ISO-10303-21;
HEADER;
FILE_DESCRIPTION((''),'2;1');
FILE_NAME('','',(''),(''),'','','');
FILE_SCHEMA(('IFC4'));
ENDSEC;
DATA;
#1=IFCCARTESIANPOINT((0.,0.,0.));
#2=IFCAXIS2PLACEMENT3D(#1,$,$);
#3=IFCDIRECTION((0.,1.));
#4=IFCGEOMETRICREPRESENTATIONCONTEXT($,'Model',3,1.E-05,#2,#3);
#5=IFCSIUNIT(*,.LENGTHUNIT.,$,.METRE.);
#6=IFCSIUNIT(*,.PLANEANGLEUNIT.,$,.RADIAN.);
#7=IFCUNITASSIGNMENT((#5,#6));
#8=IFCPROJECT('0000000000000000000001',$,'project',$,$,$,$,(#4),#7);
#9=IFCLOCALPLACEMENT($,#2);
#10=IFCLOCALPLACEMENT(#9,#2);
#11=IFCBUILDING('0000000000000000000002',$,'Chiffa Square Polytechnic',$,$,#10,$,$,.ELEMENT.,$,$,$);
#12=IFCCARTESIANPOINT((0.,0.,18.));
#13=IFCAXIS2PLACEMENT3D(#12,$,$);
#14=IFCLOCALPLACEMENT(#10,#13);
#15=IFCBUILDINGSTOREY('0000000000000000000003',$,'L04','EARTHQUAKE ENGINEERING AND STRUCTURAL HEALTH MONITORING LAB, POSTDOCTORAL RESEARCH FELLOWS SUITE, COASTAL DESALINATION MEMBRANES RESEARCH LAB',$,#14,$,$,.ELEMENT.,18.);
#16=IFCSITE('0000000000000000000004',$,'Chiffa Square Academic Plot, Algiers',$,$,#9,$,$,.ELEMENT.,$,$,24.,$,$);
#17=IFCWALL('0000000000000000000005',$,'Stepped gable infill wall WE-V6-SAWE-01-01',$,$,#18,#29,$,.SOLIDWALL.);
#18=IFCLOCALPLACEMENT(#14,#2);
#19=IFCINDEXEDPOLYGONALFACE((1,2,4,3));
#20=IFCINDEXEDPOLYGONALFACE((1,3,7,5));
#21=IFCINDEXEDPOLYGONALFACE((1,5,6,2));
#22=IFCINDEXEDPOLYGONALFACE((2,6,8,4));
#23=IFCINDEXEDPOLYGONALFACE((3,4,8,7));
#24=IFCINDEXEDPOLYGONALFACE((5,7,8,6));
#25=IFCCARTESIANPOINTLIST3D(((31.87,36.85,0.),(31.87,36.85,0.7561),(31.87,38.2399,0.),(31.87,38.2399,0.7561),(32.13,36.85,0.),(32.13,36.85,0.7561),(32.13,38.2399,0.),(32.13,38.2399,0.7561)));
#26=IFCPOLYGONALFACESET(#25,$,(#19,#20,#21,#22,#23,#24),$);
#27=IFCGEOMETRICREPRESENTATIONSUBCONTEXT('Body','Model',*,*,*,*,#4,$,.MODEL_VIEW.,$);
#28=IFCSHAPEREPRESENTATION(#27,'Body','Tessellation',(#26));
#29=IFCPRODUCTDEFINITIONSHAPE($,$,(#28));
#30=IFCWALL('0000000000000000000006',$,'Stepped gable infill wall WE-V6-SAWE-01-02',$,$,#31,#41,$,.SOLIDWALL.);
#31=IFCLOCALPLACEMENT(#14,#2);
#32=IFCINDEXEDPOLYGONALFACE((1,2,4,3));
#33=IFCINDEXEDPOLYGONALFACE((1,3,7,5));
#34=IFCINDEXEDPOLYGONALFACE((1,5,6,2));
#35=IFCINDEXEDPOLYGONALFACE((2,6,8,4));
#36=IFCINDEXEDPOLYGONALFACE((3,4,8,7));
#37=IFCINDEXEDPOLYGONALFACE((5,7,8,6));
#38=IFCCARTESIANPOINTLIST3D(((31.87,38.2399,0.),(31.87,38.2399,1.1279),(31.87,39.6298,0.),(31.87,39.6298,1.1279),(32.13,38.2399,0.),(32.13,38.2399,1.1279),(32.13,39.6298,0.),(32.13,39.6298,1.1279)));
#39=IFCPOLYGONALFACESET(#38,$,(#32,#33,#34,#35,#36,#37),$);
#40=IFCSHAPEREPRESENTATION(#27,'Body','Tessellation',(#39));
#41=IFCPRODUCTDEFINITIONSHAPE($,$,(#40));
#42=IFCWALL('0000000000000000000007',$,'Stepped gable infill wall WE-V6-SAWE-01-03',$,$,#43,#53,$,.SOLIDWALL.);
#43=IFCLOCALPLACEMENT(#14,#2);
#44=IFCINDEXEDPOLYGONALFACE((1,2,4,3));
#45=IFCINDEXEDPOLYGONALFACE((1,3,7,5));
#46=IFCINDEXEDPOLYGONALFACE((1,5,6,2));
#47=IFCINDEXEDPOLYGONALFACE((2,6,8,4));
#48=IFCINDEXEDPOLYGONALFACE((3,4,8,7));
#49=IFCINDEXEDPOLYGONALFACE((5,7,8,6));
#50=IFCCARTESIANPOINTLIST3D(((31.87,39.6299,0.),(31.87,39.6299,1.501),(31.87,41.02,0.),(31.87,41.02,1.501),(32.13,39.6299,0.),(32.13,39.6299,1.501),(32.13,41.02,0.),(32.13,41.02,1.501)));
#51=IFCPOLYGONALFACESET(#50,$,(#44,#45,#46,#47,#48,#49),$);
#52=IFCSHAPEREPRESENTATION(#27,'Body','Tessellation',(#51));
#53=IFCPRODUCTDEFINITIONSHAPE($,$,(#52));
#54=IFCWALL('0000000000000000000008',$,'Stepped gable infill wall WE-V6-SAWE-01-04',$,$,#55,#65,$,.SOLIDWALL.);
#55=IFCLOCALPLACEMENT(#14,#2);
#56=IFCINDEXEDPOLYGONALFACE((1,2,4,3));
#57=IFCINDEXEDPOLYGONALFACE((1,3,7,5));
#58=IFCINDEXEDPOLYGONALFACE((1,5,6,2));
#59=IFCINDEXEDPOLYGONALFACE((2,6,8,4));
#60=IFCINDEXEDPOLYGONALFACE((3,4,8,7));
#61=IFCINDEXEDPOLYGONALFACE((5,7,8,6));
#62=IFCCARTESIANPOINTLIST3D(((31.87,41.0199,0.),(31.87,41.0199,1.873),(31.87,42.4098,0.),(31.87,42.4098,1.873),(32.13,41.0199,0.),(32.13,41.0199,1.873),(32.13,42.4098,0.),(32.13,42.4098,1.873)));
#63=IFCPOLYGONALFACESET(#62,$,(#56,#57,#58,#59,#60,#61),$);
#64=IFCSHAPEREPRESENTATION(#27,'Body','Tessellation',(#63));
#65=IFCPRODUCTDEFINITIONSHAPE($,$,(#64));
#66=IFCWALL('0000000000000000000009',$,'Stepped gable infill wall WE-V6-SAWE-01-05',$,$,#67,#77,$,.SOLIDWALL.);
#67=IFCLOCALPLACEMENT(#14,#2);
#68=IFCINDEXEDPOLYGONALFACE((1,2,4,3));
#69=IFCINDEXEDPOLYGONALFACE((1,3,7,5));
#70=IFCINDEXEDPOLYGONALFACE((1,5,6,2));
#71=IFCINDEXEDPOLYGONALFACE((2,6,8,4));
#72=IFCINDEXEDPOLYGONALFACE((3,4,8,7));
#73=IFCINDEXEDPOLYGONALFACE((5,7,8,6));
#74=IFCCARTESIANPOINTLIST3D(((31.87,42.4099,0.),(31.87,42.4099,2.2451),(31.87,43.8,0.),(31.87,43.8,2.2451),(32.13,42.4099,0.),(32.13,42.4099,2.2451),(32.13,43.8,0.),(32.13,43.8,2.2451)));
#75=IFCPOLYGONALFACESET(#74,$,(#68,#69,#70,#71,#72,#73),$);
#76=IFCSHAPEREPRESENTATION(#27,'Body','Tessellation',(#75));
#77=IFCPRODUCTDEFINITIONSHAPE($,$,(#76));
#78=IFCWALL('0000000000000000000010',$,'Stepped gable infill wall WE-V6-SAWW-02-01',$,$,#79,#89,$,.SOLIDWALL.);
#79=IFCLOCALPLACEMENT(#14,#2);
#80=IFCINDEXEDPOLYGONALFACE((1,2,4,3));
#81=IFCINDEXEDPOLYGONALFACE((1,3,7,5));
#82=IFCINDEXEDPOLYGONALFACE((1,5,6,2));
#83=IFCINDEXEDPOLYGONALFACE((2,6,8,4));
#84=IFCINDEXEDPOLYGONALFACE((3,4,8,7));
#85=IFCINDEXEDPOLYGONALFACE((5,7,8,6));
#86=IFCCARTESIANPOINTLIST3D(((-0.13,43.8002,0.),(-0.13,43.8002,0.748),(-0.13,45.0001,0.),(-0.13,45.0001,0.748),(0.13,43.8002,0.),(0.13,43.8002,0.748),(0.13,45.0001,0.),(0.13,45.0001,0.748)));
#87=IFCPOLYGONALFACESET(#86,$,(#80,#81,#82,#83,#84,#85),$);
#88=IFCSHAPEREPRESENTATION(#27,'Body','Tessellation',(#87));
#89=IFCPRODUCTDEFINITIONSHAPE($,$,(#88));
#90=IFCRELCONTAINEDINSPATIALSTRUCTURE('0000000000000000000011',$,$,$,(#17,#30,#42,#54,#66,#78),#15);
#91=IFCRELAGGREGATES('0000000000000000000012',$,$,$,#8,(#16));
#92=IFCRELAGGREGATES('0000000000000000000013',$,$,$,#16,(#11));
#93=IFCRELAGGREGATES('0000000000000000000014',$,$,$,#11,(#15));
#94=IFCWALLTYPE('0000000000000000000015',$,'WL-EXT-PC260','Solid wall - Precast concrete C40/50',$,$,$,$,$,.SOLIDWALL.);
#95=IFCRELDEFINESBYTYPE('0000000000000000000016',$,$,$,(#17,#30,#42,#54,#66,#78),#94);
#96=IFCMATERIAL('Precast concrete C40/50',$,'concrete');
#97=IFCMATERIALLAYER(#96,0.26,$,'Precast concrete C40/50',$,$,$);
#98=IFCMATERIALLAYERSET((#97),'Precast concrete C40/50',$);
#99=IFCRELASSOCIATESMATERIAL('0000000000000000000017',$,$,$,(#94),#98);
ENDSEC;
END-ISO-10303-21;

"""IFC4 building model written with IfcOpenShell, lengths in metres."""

from ifc_helpers import new_model, si_unit, direction, frame, frame_2d, origin, place, context, subcontext, project, spatial, rectangle, extrude, material, layer, layer_set, type_object, element, save


model = new_model("IFC4")

# Units and contexts
model_context = context("Model", 3, precision=1e-05, world=origin(), true_north=direction((0.0, 1.0)))
body_context = subcontext(model_context, "Body", "Model", "MODEL_VIEW")
ifc_project = project(units=[si_unit("LENGTHUNIT", "METRE"), si_unit("PLANEANGLEUNIT", "RADIAN")], contexts=[model_context])

# Site, building, storey
site_placement = place(None, origin())
site = spatial("IfcSite", under=ifc_project, at=site_placement, Name="Chiffa Square Academic Plot, Algiers", CompositionType="ELEMENT", RefElevation=24.0)
building_placement = place(site_placement, origin())
building = spatial("IfcBuilding", under=site, at=building_placement, Name="Chiffa Square Polytechnic", CompositionType="ELEMENT")
storey_placement = place(building_placement, frame((0.0, 0.0, 18.0)))
storey = spatial("IfcBuildingStorey", under=building, at=storey_placement, Name="L04", Description="EARTHQUAKE ENGINEERING AND STRUCTURAL HEALTH MONITORING LAB, POSTDOCTORAL RESEARCH FELLOWS SUITE, COASTAL DESALINATION MEMBRANES RESEARCH LAB", CompositionType="ELEMENT", Elevation=18.0)

# Walls
ifc_material_1 = material(Name="Precast concrete C40/50", Category="concrete")
ifc_layer_1 = layer(ifc_material_1, 0.26, Name="Precast concrete C40/50")
ifc_layer_set_1 = layer_set([ifc_layer_1], Name="Precast concrete C40/50")
wall_type = type_object("IfcWallType", Name="WL-EXT-PC260", Description="Solid wall - Precast concrete C40/50", PredefinedType="SOLIDWALL", material=ifc_layer_set_1)
wall_1_placement = place(storey_placement, frame((32.0, 36.8501, 0.0), z_axis=(0.0, 0.0, 1.0), x_axis=(0.0, 1.0, 0.0)))
element("IfcWall", 1, at=wall_1_placement, inside=storey, type_object=wall_type, Name="Stepped gable infill wall WE-V6-SAWE-01-01", PredefinedType="SOLIDWALL", context=body_context, shape_type="SweptSolid", body=[
    extrude(rectangle(XDim=1.3899, YDim=0.26, at=frame_2d((0.6948, 0.0))), origin(), (0.0, 0.0, 1.0), 0.7561),
])
wall_2_placement = place(storey_placement, frame((32.0, 38.24, 0.0), z_axis=(0.0, 0.0, 1.0), x_axis=(0.0, 1.0, 0.0)))
element("IfcWall", 2, at=wall_2_placement, inside=storey, type_object=wall_type, Name="Stepped gable infill wall WE-V6-SAWE-01-02", PredefinedType="SOLIDWALL", context=body_context, shape_type="SweptSolid", body=[
    extrude(rectangle(XDim=1.3899, YDim=0.26, at=frame_2d((0.6948, 0.0))), origin(), (0.0, 0.0, 1.0), 1.1279),
])
wall_3_placement = place(storey_placement, frame((32.0, 39.6299, 0.0), z_axis=(0.0, 0.0, 1.0), x_axis=(0.0, 1.0, 0.0)))
element("IfcWall", 3, at=wall_3_placement, inside=storey, type_object=wall_type, Name="Stepped gable infill wall WE-V6-SAWE-01-03", PredefinedType="SOLIDWALL", context=body_context, shape_type="SweptSolid", body=[
    extrude(rectangle(XDim=1.3901, YDim=0.26, at=frame_2d((0.6951, 0.0))), origin(), (0.0, 0.0, 1.0), 1.501),
])
wall_4_placement = place(storey_placement, frame((32.0, 41.02, 0.0), z_axis=(0.0, 0.0, 1.0), x_axis=(0.0, 1.0, 0.0)))
element("IfcWall", 4, at=wall_4_placement, inside=storey, type_object=wall_type, Name="Stepped gable infill wall WE-V6-SAWE-01-04", PredefinedType="SOLIDWALL", context=body_context, shape_type="SweptSolid", body=[
    extrude(rectangle(XDim=1.3899, YDim=0.26, at=frame_2d((0.6948, 0.0))), origin(), (0.0, 0.0, 1.0), 1.873),
])
wall_5_placement = place(storey_placement, frame((32.0, 42.4099, 0.0), z_axis=(0.0, 0.0, 1.0), x_axis=(0.0, 1.0, 0.0)))
element("IfcWall", 5, at=wall_5_placement, inside=storey, type_object=wall_type, Name="Stepped gable infill wall WE-V6-SAWE-01-05", PredefinedType="SOLIDWALL", context=body_context, shape_type="SweptSolid", body=[
    extrude(rectangle(XDim=1.3901, YDim=0.26, at=frame_2d((0.6951, 0.0))), origin(), (0.0, 0.0, 1.0), 2.2451),
])
wall_6_placement = place(storey_placement, frame((0.0, 43.8, 0.0), z_axis=(0.0, 0.0, 1.0), x_axis=(0.0, 1.0, 0.0)))
element("IfcWall", 6, at=wall_6_placement, inside=storey, type_object=wall_type, Name="Stepped gable infill wall WE-V6-SAWW-02-01", PredefinedType="SOLIDWALL", context=body_context, shape_type="SweptSolid", body=[
    extrude(rectangle(XDim=1.2, YDim=0.26, at=frame_2d((0.6001, 0.0))), origin(), (0.0, 0.0, 1.0), 0.748),
])

save(model, "model.ifc")
